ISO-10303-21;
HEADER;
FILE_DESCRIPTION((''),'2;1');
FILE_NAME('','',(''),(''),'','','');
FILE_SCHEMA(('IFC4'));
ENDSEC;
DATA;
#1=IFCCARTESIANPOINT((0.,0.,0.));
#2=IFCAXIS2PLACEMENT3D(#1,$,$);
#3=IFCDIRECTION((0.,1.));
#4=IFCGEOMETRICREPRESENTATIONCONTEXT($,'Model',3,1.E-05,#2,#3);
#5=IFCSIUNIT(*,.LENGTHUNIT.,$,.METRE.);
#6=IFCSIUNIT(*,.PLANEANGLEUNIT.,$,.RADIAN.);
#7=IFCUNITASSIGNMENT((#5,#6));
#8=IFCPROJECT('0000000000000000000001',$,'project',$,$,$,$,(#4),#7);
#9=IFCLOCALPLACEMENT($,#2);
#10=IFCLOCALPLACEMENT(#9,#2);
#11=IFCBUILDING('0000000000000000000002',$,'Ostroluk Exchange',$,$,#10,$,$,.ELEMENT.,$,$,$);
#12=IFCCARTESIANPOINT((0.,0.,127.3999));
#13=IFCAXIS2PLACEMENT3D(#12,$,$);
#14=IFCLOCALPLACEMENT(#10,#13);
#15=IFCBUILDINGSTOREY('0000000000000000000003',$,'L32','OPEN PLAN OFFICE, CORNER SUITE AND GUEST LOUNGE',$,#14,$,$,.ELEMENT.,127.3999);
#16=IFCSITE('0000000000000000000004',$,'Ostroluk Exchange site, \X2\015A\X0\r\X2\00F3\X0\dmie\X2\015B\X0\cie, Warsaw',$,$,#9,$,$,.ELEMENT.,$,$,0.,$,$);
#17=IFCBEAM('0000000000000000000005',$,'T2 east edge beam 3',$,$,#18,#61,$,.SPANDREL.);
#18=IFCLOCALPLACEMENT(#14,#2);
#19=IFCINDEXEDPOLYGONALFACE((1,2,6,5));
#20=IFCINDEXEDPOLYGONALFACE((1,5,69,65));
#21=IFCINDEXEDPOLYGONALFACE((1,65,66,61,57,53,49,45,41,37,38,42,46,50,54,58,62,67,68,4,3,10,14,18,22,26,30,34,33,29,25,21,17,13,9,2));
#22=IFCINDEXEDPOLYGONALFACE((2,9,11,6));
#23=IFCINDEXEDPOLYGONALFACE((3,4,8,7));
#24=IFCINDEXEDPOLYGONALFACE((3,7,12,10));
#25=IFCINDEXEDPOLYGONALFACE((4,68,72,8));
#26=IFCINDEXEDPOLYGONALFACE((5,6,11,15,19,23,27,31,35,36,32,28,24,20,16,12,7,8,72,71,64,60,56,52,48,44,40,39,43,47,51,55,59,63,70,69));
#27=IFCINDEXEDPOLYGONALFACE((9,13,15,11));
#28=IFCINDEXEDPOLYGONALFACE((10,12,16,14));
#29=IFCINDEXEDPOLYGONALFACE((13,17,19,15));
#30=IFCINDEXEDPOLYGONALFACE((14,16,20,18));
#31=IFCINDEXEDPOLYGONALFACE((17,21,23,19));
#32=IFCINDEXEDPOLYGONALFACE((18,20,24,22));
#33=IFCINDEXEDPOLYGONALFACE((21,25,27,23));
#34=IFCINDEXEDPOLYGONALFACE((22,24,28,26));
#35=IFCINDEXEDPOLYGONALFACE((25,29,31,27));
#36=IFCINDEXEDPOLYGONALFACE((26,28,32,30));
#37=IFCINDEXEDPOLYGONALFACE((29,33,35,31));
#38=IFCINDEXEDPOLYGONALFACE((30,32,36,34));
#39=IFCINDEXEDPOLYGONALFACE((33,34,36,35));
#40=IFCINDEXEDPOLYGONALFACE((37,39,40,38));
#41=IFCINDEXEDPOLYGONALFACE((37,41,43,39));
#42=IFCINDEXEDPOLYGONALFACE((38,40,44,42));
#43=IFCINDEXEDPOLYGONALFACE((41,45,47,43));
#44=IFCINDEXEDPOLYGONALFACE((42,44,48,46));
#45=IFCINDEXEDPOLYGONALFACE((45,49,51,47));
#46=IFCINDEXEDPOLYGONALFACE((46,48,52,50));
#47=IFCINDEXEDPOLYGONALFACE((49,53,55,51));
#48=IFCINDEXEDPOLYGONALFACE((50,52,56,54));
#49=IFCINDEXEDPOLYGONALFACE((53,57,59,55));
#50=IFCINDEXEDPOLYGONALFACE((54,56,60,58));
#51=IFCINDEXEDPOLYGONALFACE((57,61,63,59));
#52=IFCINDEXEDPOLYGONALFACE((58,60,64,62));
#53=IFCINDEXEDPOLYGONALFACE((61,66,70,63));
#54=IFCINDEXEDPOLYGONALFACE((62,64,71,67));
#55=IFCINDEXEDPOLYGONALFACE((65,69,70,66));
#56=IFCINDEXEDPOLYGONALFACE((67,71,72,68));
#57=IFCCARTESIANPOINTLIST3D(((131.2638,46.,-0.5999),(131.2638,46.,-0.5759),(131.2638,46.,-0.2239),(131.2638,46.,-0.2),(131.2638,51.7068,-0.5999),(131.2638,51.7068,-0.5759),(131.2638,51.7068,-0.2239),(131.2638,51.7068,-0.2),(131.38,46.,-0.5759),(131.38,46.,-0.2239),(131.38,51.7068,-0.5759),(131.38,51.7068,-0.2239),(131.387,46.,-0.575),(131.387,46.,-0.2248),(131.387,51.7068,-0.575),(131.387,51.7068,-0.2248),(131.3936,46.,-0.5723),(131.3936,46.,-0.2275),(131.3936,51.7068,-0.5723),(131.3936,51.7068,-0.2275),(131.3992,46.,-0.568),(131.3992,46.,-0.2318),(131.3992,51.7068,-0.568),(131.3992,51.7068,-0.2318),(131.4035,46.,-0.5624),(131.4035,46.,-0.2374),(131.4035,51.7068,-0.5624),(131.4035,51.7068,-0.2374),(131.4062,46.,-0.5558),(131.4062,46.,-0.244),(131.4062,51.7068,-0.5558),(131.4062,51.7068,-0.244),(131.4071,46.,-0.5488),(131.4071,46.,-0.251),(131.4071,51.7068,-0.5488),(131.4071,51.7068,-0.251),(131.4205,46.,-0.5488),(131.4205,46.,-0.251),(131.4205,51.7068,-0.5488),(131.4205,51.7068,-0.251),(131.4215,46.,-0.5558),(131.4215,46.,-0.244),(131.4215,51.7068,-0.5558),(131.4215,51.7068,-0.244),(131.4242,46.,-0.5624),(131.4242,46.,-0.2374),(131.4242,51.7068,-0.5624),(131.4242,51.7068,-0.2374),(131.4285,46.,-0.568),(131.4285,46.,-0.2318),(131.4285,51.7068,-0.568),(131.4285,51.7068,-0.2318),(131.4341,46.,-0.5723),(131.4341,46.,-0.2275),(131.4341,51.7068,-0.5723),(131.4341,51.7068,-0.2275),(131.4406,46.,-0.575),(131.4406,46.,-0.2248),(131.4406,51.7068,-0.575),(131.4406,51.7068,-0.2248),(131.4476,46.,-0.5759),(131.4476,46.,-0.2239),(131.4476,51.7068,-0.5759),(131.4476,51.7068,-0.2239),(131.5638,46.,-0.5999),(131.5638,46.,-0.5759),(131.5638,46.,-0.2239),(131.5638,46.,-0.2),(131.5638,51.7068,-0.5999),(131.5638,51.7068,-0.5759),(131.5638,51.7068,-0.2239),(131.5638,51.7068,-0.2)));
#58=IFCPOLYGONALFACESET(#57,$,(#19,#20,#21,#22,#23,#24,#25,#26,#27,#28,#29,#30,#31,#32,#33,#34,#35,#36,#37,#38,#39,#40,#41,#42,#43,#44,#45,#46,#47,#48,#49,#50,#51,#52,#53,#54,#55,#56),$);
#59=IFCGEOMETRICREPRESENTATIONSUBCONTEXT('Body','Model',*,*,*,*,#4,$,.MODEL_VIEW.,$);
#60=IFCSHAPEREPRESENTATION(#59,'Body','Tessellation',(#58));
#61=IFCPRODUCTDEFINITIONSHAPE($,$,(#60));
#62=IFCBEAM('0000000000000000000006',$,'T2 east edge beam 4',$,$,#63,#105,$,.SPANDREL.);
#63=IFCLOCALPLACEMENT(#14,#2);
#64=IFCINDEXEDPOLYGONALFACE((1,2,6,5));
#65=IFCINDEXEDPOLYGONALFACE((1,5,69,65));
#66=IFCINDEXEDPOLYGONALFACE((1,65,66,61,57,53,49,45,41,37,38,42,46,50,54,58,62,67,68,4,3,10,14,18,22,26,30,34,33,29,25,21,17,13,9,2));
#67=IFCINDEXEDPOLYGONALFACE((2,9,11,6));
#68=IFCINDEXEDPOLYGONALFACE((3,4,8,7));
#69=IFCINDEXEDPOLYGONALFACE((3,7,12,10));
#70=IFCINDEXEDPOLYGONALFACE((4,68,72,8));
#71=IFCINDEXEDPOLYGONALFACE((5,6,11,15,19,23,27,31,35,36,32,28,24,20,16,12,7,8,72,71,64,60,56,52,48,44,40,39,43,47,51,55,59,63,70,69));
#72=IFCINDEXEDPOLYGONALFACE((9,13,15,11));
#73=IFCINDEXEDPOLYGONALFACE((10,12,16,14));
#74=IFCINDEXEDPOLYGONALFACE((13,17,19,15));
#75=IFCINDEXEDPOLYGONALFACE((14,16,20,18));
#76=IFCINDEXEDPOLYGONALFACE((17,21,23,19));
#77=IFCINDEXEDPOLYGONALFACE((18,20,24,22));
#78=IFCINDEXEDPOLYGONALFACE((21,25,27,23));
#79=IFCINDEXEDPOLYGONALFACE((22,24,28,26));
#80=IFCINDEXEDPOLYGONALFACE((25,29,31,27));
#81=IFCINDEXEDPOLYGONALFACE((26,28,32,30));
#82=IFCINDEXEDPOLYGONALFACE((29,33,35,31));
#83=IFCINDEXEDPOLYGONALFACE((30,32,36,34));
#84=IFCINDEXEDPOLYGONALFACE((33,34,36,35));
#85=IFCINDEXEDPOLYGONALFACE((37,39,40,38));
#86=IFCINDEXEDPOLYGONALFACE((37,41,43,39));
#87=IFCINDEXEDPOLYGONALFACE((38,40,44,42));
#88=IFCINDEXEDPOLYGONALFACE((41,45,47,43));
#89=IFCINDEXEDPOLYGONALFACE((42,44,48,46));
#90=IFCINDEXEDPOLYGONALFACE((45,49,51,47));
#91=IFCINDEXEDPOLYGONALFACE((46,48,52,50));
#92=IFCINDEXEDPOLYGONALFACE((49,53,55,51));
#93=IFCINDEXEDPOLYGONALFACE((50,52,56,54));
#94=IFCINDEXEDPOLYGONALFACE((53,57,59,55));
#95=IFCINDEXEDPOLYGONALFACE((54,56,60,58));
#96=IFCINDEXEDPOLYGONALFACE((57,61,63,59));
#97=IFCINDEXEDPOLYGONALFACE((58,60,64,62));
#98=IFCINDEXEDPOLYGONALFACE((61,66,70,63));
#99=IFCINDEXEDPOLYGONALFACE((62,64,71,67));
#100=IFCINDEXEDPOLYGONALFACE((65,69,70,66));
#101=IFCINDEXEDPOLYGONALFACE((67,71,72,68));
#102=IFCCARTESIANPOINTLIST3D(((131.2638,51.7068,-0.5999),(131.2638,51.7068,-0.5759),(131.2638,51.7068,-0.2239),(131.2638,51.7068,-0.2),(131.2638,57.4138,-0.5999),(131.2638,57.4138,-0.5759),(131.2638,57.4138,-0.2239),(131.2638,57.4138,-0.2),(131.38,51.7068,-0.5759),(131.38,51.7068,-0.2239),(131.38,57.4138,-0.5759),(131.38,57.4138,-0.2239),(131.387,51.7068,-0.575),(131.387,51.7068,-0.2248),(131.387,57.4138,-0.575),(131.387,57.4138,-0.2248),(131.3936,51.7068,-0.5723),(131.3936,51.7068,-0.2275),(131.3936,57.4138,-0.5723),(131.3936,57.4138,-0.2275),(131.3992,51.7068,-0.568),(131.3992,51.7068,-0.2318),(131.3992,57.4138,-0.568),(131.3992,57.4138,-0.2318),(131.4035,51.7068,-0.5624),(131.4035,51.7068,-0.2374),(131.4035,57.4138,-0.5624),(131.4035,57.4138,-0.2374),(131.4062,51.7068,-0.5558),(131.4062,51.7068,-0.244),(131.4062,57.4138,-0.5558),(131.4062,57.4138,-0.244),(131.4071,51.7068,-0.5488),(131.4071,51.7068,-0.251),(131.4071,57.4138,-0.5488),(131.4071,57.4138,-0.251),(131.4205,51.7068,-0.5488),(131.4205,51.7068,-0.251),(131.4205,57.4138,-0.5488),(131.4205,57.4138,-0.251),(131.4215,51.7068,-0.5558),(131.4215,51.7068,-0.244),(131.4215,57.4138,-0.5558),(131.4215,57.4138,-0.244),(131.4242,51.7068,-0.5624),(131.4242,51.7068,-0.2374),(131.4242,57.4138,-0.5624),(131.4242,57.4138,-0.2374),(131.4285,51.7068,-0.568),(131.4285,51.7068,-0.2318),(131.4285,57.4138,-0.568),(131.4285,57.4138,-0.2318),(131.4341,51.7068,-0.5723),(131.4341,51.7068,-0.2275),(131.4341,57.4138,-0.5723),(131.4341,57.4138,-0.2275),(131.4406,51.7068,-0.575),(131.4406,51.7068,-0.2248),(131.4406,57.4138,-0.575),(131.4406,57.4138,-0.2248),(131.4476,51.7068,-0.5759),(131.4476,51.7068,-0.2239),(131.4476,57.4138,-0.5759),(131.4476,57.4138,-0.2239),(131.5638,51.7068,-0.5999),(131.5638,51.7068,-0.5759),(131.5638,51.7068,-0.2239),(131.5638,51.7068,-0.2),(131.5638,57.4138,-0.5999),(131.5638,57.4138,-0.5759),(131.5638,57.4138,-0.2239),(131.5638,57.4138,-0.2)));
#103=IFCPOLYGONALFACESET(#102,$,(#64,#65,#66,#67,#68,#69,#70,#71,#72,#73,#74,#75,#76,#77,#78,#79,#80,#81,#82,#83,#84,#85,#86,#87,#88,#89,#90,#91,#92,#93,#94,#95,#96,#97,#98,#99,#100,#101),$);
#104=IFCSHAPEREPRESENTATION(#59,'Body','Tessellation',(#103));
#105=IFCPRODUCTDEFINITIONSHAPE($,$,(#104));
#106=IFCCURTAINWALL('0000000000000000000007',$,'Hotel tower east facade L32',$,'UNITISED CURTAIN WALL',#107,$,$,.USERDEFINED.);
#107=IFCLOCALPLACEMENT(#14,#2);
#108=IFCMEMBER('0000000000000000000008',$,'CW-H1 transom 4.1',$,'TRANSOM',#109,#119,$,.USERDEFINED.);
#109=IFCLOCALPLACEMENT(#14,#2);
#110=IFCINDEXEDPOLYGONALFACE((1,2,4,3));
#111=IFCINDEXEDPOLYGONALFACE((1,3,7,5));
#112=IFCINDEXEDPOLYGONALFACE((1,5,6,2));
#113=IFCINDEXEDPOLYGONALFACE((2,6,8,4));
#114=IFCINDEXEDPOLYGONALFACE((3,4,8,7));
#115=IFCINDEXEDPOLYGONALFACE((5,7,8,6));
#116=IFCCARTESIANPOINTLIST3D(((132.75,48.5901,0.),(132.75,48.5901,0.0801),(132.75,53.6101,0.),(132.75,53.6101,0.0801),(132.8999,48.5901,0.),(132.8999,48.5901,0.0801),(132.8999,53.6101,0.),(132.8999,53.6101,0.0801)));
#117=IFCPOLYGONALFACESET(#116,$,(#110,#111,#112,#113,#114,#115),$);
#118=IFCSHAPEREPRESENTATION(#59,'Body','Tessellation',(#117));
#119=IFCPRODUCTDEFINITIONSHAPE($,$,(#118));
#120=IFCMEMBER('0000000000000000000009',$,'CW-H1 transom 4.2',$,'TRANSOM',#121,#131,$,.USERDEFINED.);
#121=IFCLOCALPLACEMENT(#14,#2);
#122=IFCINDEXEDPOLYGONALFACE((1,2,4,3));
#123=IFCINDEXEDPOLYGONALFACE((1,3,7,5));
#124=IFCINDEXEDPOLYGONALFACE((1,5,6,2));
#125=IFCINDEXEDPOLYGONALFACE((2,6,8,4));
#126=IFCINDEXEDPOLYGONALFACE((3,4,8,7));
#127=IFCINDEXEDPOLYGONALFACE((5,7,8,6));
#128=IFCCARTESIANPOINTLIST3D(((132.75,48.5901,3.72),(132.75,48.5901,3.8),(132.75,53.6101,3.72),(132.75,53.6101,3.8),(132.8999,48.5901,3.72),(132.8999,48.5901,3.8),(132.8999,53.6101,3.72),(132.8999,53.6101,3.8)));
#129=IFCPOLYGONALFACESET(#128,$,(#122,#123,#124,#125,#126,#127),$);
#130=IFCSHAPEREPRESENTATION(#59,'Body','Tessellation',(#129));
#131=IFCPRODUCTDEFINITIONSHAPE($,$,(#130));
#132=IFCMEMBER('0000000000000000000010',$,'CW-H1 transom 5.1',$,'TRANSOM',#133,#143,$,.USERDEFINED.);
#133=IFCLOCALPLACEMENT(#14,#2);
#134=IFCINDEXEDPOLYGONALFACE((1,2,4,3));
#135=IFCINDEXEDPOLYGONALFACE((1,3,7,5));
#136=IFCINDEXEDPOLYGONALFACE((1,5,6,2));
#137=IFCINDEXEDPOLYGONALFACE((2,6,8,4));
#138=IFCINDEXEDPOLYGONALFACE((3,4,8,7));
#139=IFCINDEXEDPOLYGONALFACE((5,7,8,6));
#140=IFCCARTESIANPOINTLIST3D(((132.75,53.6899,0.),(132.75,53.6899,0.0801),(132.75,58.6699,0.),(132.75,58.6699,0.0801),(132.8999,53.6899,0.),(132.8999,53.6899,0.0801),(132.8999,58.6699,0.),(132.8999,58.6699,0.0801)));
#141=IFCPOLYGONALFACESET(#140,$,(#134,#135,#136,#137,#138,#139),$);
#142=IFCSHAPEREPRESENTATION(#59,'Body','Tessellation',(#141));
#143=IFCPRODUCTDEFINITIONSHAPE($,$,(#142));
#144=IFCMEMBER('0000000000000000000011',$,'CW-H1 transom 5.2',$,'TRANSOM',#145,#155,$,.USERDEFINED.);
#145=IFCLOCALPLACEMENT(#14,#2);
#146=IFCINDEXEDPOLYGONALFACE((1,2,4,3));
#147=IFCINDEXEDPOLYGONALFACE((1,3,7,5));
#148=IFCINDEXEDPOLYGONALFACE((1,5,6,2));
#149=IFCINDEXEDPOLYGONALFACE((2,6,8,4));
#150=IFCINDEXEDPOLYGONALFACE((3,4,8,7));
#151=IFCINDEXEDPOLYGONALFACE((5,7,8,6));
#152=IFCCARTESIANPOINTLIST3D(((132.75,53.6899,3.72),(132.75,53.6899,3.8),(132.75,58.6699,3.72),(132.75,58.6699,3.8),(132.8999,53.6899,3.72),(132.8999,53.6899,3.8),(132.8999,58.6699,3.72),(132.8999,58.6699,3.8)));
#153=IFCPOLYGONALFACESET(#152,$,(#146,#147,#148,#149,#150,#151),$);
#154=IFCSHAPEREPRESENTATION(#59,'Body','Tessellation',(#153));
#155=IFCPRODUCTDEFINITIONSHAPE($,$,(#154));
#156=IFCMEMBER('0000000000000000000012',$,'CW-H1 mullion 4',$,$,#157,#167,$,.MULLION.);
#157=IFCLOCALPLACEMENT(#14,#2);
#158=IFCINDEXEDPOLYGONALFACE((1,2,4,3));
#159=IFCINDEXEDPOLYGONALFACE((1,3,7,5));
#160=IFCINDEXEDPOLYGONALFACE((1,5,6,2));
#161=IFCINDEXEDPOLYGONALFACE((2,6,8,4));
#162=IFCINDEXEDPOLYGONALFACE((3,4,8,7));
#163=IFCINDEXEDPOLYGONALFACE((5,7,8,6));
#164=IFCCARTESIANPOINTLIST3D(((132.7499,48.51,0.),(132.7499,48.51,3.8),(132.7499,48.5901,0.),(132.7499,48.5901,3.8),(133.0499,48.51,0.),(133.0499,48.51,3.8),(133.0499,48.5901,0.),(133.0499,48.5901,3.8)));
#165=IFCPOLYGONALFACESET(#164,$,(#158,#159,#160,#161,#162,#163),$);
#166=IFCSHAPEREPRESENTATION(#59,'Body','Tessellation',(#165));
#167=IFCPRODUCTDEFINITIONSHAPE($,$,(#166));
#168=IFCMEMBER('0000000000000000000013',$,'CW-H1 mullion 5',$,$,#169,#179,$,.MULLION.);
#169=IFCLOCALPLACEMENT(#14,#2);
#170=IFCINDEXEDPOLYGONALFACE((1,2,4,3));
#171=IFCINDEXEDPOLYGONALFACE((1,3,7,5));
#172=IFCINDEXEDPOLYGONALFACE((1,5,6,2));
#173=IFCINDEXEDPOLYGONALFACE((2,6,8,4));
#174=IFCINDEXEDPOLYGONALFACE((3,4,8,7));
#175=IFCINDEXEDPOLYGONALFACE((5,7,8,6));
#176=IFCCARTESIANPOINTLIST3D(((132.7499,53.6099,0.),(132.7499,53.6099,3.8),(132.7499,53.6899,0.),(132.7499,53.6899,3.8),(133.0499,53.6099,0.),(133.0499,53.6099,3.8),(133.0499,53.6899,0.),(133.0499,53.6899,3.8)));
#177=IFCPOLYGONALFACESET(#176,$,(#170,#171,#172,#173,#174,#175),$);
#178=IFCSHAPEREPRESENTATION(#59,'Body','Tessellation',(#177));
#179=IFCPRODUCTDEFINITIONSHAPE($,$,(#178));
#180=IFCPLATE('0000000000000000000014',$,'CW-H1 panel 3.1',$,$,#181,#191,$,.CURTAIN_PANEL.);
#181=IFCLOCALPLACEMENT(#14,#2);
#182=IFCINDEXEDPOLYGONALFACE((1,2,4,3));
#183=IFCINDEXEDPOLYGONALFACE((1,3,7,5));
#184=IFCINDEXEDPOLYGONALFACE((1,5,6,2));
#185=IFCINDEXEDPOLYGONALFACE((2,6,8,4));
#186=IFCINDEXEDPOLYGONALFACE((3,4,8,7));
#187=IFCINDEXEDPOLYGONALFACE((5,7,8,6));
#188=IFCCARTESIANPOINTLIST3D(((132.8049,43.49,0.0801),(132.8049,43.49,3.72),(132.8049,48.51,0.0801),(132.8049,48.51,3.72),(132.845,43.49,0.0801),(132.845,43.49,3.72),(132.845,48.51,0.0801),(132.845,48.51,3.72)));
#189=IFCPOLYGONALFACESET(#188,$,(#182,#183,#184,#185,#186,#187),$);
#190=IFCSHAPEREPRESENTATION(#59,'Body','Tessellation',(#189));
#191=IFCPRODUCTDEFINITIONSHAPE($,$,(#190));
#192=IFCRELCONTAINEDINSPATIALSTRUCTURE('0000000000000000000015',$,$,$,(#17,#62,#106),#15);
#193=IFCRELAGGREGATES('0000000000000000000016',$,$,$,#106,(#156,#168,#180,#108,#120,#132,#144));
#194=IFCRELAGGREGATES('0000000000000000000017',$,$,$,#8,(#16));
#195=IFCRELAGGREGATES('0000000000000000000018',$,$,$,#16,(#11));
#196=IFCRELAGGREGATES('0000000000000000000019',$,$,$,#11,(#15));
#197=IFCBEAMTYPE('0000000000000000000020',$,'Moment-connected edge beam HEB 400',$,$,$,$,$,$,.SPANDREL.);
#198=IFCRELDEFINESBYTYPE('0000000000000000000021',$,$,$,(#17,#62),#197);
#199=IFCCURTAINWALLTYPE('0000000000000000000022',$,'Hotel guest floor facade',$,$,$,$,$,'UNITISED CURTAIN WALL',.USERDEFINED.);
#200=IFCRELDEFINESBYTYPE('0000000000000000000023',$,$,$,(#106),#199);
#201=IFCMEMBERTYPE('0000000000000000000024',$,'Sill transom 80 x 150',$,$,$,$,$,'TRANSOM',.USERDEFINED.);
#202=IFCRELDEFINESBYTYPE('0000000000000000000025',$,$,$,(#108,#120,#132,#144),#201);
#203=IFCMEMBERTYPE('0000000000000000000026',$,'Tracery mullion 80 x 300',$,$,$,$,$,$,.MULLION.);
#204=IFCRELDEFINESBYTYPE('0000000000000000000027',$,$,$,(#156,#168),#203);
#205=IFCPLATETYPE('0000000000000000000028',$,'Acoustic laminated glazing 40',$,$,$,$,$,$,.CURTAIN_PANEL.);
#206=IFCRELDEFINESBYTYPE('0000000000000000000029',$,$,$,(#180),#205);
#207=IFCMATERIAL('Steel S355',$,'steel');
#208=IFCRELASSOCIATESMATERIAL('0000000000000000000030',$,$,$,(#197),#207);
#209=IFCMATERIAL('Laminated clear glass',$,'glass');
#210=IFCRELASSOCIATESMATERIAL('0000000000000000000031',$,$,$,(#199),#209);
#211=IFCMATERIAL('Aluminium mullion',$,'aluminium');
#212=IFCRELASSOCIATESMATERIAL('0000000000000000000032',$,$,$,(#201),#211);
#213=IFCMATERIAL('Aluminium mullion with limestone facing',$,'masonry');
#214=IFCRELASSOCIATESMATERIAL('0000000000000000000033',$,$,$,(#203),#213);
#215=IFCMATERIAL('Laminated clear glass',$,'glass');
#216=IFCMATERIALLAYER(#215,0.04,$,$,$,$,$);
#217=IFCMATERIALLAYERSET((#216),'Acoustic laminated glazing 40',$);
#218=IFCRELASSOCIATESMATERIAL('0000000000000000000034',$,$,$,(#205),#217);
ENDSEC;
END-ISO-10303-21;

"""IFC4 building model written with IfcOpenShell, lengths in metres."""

from ifc_helpers import new_model, si_unit, direction, frame, origin, origin_2d, place, context, subcontext, project, spatial, rectangle, i_section, extrude, material, layer, layer_set, material_profile, profile_set, type_object, element, aggregate, save


model = new_model("IFC4")

# Units and contexts
model_context = context("Model", 3, precision=1e-05, world=origin(), true_north=direction((0.0, 1.0)))
body_context = subcontext(model_context, "Body", "Model", "MODEL_VIEW")
ifc_project = project(units=[si_unit("LENGTHUNIT", "METRE"), si_unit("PLANEANGLEUNIT", "RADIAN")], contexts=[model_context])

# Site, building, storey
site_placement = place(None, origin())
site = spatial("IfcSite", under=ifc_project, at=site_placement, Name="Ostroluk Exchange site, Śródmieście, Warsaw", CompositionType="ELEMENT", RefElevation=0.0)
building_placement = place(site_placement, origin())
building = spatial("IfcBuilding", under=site, at=building_placement, Name="Ostroluk Exchange", CompositionType="ELEMENT")
storey_placement = place(building_placement, frame((0.0, 0.0, 127.3999)))
storey = spatial("IfcBuildingStorey", under=building, at=storey_placement, Name="L32", Description="OPEN PLAN OFFICE, CORNER SUITE AND GUEST LOUNGE", CompositionType="ELEMENT", Elevation=127.3999)

# Beams
ifc_material_1 = material(Name="Steel S355", Category="steel")
ifc_material_profile_1 = material_profile(ifc_material_1, i_section(OverallWidth=0.3, OverallDepth=0.3999, WebThickness=0.0134, FlangeThickness=0.0239, FilletRadius=0.0271, at=origin_2d()), Name="HEB 400")
ifc_profile_set_1 = profile_set([ifc_material_profile_1], Name="Steel S355")
beam_type_1 = type_object("IfcBeamType", Name="Moment-connected edge beam HEB 400", PredefinedType="SPANDREL", material=ifc_profile_set_1)
beam_1_placement = place(storey_placement, frame((131.4138, 46.0, -0.3999), z_axis=(0.0, 1.0, 0.0), x_axis=(-1.0, 0.0, 0.0)))
element("IfcBeam", 1, at=beam_1_placement, inside=storey, type_object=beam_type_1, Name="T2 east edge beam 3", PredefinedType="SPANDREL", context=body_context, shape_type="SweptSolid", body=[
    extrude(i_section(OverallWidth=0.3, OverallDepth=0.3999, WebThickness=0.0134, FlangeThickness=0.0239, FilletRadius=0.0271, at=origin_2d()), origin(), (0.0, 0.0, 1.0), 5.7068),
])
beam_2_placement = place(storey_placement, frame((131.4138, 51.7068, -0.3999), z_axis=(0.0, 1.0, 0.0), x_axis=(-1.0, 0.0, 0.0)))
element("IfcBeam", 2, at=beam_2_placement, inside=storey, type_object=beam_type_1, Name="T2 east edge beam 4", PredefinedType="SPANDREL", context=body_context, shape_type="SweptSolid", body=[
    extrude(i_section(OverallWidth=0.3, OverallDepth=0.3999, WebThickness=0.0134, FlangeThickness=0.0239, FilletRadius=0.0271, at=origin_2d()), origin(), (0.0, 0.0, 1.0), 5.707),
])

# Curtain wall, members, plate
ifc_material_2 = material(Name="Laminated clear glass", Category="glass")
curtain_wall_type = type_object("IfcCurtainWallType", Name="Hotel guest floor facade", ElementType="UNITISED CURTAIN WALL", PredefinedType="USERDEFINED", material=ifc_material_2)
curtain_wall_placement = place(storey_placement, origin())
curtain_wall = element("IfcCurtainWall", 3, at=curtain_wall_placement, inside=storey, type_object=curtain_wall_type, Name="Hotel tower east facade L32", ObjectType="UNITISED CURTAIN WALL", PredefinedType="USERDEFINED")
ifc_material_3 = material(Name="Aluminium mullion", Category="aluminium")
ifc_material_profile_2 = material_profile(ifc_material_3, rectangle(XDim=0.1499, YDim=0.0801, at=origin_2d()), Name="Sill transom 80 x 150")
ifc_profile_set_2 = profile_set([ifc_material_profile_2], Name="Aluminium mullion")
member_type_1 = type_object("IfcMemberType", Name="Sill transom 80 x 150", ElementType="TRANSOM", PredefinedType="USERDEFINED", material=ifc_profile_set_2)
member_1_placement = place(storey_placement, frame((132.825, 48.5901, 0.04), z_axis=(0.0, 1.0, 0.0), x_axis=(-1.0, 0.0, 0.0)))
member_1 = element("IfcMember", 4, at=member_1_placement, type_object=member_type_1, Name="CW-H1 transom 4.1", ObjectType="TRANSOM", PredefinedType="USERDEFINED", context=body_context, shape_type="SweptSolid", body=[
    extrude(rectangle(XDim=0.1499, YDim=0.0801, at=origin_2d()), origin(), (0.0, 0.0, 1.0), 5.02),
])
member_2_placement = place(storey_placement, frame((132.825, 48.5901, 3.76), z_axis=(0.0, 1.0, 0.0), x_axis=(-1.0, 0.0, 0.0)))
member_2 = element("IfcMember", 5, at=member_2_placement, type_object=member_type_1, Name="CW-H1 transom 4.2", ObjectType="TRANSOM", PredefinedType="USERDEFINED", context=body_context, shape_type="SweptSolid", body=[
    extrude(rectangle(XDim=0.1499, YDim=0.0801, at=origin_2d()), origin(), (0.0, 0.0, 1.0), 5.02),
])
member_3_placement = place(storey_placement, frame((132.825, 53.6899, 0.04), z_axis=(0.0, 1.0, 0.0), x_axis=(-1.0, 0.0, 0.0)))
member_3 = element("IfcMember", 6, at=member_3_placement, type_object=member_type_1, Name="CW-H1 transom 5.1", ObjectType="TRANSOM", PredefinedType="USERDEFINED", context=body_context, shape_type="SweptSolid", body=[
    extrude(rectangle(XDim=0.1499, YDim=0.0801, at=origin_2d()), origin(), (0.0, 0.0, 1.0), 4.98),
])
member_4_placement = place(storey_placement, frame((132.825, 53.6899, 3.76), z_axis=(0.0, 1.0, 0.0), x_axis=(-1.0, 0.0, 0.0)))
member_4 = element("IfcMember", 7, at=member_4_placement, type_object=member_type_1, Name="CW-H1 transom 5.2", ObjectType="TRANSOM", PredefinedType="USERDEFINED", context=body_context, shape_type="SweptSolid", body=[
    extrude(rectangle(XDim=0.1499, YDim=0.0801, at=origin_2d()), origin(), (0.0, 0.0, 1.0), 4.98),
])
ifc_material_4 = material(Name="Aluminium mullion with limestone facing", Category="masonry")
ifc_material_profile_3 = material_profile(ifc_material_4, rectangle(XDim=0.3, YDim=0.0801, at=origin_2d()), Name="Tracery mullion 80 x 300")
ifc_profile_set_3 = profile_set([ifc_material_profile_3], Name="Aluminium mullion with limestone facing")
member_type_2 = type_object("IfcMemberType", Name="Tracery mullion 80 x 300", PredefinedType="MULLION", material=ifc_profile_set_3)
member_5_placement = place(storey_placement, frame((132.8999, 48.55, 0.0), z_axis=(0.0, 0.0, 1.0), x_axis=(-1.0, 0.0, 0.0)))
member_5 = element("IfcMember", 8, at=member_5_placement, type_object=member_type_2, Name="CW-H1 mullion 4", PredefinedType="MULLION", context=body_context, shape_type="SweptSolid", body=[
    extrude(rectangle(XDim=0.3, YDim=0.0801, at=origin_2d()), origin(), (0.0, 0.0, 1.0), 3.8),
])
member_6_placement = place(storey_placement, frame((132.8999, 53.6499, 0.0), z_axis=(0.0, 0.0, 1.0), x_axis=(-1.0, 0.0, 0.0)))
member_6 = element("IfcMember", 9, at=member_6_placement, type_object=member_type_2, Name="CW-H1 mullion 5", PredefinedType="MULLION", context=body_context, shape_type="SweptSolid", body=[
    extrude(rectangle(XDim=0.3, YDim=0.0801, at=origin_2d()), origin(), (0.0, 0.0, 1.0), 3.8),
])
ifc_material_5 = material(Name="Laminated clear glass", Category="glass")
ifc_layer_1 = layer(ifc_material_5, 0.04)
ifc_layer_set_1 = layer_set([ifc_layer_1], Name="Acoustic laminated glazing 40")
plate_type = type_object("IfcPlateType", Name="Acoustic laminated glazing 40", PredefinedType="CURTAIN_PANEL", material=ifc_layer_set_1)
plate_1_placement = place(storey_placement, frame((132.825, 46.0, 0.0801), z_axis=(0.0, 0.0, 1.0), x_axis=(0.0, 1.0, 0.0)))
plate_1 = element("IfcPlate", 10, at=plate_1_placement, type_object=plate_type, Name="CW-H1 panel 3.1", PredefinedType="CURTAIN_PANEL", context=body_context, shape_type="SweptSolid", body=[
    extrude(rectangle(XDim=5.02, YDim=0.04, at=origin_2d()), origin(), (0.0, 0.0, 1.0), 3.6399),
])
aggregate(curtain_wall, [member_5, member_6, plate_1, member_1, member_2, member_3, member_4])

save(model, "model.ifc")
